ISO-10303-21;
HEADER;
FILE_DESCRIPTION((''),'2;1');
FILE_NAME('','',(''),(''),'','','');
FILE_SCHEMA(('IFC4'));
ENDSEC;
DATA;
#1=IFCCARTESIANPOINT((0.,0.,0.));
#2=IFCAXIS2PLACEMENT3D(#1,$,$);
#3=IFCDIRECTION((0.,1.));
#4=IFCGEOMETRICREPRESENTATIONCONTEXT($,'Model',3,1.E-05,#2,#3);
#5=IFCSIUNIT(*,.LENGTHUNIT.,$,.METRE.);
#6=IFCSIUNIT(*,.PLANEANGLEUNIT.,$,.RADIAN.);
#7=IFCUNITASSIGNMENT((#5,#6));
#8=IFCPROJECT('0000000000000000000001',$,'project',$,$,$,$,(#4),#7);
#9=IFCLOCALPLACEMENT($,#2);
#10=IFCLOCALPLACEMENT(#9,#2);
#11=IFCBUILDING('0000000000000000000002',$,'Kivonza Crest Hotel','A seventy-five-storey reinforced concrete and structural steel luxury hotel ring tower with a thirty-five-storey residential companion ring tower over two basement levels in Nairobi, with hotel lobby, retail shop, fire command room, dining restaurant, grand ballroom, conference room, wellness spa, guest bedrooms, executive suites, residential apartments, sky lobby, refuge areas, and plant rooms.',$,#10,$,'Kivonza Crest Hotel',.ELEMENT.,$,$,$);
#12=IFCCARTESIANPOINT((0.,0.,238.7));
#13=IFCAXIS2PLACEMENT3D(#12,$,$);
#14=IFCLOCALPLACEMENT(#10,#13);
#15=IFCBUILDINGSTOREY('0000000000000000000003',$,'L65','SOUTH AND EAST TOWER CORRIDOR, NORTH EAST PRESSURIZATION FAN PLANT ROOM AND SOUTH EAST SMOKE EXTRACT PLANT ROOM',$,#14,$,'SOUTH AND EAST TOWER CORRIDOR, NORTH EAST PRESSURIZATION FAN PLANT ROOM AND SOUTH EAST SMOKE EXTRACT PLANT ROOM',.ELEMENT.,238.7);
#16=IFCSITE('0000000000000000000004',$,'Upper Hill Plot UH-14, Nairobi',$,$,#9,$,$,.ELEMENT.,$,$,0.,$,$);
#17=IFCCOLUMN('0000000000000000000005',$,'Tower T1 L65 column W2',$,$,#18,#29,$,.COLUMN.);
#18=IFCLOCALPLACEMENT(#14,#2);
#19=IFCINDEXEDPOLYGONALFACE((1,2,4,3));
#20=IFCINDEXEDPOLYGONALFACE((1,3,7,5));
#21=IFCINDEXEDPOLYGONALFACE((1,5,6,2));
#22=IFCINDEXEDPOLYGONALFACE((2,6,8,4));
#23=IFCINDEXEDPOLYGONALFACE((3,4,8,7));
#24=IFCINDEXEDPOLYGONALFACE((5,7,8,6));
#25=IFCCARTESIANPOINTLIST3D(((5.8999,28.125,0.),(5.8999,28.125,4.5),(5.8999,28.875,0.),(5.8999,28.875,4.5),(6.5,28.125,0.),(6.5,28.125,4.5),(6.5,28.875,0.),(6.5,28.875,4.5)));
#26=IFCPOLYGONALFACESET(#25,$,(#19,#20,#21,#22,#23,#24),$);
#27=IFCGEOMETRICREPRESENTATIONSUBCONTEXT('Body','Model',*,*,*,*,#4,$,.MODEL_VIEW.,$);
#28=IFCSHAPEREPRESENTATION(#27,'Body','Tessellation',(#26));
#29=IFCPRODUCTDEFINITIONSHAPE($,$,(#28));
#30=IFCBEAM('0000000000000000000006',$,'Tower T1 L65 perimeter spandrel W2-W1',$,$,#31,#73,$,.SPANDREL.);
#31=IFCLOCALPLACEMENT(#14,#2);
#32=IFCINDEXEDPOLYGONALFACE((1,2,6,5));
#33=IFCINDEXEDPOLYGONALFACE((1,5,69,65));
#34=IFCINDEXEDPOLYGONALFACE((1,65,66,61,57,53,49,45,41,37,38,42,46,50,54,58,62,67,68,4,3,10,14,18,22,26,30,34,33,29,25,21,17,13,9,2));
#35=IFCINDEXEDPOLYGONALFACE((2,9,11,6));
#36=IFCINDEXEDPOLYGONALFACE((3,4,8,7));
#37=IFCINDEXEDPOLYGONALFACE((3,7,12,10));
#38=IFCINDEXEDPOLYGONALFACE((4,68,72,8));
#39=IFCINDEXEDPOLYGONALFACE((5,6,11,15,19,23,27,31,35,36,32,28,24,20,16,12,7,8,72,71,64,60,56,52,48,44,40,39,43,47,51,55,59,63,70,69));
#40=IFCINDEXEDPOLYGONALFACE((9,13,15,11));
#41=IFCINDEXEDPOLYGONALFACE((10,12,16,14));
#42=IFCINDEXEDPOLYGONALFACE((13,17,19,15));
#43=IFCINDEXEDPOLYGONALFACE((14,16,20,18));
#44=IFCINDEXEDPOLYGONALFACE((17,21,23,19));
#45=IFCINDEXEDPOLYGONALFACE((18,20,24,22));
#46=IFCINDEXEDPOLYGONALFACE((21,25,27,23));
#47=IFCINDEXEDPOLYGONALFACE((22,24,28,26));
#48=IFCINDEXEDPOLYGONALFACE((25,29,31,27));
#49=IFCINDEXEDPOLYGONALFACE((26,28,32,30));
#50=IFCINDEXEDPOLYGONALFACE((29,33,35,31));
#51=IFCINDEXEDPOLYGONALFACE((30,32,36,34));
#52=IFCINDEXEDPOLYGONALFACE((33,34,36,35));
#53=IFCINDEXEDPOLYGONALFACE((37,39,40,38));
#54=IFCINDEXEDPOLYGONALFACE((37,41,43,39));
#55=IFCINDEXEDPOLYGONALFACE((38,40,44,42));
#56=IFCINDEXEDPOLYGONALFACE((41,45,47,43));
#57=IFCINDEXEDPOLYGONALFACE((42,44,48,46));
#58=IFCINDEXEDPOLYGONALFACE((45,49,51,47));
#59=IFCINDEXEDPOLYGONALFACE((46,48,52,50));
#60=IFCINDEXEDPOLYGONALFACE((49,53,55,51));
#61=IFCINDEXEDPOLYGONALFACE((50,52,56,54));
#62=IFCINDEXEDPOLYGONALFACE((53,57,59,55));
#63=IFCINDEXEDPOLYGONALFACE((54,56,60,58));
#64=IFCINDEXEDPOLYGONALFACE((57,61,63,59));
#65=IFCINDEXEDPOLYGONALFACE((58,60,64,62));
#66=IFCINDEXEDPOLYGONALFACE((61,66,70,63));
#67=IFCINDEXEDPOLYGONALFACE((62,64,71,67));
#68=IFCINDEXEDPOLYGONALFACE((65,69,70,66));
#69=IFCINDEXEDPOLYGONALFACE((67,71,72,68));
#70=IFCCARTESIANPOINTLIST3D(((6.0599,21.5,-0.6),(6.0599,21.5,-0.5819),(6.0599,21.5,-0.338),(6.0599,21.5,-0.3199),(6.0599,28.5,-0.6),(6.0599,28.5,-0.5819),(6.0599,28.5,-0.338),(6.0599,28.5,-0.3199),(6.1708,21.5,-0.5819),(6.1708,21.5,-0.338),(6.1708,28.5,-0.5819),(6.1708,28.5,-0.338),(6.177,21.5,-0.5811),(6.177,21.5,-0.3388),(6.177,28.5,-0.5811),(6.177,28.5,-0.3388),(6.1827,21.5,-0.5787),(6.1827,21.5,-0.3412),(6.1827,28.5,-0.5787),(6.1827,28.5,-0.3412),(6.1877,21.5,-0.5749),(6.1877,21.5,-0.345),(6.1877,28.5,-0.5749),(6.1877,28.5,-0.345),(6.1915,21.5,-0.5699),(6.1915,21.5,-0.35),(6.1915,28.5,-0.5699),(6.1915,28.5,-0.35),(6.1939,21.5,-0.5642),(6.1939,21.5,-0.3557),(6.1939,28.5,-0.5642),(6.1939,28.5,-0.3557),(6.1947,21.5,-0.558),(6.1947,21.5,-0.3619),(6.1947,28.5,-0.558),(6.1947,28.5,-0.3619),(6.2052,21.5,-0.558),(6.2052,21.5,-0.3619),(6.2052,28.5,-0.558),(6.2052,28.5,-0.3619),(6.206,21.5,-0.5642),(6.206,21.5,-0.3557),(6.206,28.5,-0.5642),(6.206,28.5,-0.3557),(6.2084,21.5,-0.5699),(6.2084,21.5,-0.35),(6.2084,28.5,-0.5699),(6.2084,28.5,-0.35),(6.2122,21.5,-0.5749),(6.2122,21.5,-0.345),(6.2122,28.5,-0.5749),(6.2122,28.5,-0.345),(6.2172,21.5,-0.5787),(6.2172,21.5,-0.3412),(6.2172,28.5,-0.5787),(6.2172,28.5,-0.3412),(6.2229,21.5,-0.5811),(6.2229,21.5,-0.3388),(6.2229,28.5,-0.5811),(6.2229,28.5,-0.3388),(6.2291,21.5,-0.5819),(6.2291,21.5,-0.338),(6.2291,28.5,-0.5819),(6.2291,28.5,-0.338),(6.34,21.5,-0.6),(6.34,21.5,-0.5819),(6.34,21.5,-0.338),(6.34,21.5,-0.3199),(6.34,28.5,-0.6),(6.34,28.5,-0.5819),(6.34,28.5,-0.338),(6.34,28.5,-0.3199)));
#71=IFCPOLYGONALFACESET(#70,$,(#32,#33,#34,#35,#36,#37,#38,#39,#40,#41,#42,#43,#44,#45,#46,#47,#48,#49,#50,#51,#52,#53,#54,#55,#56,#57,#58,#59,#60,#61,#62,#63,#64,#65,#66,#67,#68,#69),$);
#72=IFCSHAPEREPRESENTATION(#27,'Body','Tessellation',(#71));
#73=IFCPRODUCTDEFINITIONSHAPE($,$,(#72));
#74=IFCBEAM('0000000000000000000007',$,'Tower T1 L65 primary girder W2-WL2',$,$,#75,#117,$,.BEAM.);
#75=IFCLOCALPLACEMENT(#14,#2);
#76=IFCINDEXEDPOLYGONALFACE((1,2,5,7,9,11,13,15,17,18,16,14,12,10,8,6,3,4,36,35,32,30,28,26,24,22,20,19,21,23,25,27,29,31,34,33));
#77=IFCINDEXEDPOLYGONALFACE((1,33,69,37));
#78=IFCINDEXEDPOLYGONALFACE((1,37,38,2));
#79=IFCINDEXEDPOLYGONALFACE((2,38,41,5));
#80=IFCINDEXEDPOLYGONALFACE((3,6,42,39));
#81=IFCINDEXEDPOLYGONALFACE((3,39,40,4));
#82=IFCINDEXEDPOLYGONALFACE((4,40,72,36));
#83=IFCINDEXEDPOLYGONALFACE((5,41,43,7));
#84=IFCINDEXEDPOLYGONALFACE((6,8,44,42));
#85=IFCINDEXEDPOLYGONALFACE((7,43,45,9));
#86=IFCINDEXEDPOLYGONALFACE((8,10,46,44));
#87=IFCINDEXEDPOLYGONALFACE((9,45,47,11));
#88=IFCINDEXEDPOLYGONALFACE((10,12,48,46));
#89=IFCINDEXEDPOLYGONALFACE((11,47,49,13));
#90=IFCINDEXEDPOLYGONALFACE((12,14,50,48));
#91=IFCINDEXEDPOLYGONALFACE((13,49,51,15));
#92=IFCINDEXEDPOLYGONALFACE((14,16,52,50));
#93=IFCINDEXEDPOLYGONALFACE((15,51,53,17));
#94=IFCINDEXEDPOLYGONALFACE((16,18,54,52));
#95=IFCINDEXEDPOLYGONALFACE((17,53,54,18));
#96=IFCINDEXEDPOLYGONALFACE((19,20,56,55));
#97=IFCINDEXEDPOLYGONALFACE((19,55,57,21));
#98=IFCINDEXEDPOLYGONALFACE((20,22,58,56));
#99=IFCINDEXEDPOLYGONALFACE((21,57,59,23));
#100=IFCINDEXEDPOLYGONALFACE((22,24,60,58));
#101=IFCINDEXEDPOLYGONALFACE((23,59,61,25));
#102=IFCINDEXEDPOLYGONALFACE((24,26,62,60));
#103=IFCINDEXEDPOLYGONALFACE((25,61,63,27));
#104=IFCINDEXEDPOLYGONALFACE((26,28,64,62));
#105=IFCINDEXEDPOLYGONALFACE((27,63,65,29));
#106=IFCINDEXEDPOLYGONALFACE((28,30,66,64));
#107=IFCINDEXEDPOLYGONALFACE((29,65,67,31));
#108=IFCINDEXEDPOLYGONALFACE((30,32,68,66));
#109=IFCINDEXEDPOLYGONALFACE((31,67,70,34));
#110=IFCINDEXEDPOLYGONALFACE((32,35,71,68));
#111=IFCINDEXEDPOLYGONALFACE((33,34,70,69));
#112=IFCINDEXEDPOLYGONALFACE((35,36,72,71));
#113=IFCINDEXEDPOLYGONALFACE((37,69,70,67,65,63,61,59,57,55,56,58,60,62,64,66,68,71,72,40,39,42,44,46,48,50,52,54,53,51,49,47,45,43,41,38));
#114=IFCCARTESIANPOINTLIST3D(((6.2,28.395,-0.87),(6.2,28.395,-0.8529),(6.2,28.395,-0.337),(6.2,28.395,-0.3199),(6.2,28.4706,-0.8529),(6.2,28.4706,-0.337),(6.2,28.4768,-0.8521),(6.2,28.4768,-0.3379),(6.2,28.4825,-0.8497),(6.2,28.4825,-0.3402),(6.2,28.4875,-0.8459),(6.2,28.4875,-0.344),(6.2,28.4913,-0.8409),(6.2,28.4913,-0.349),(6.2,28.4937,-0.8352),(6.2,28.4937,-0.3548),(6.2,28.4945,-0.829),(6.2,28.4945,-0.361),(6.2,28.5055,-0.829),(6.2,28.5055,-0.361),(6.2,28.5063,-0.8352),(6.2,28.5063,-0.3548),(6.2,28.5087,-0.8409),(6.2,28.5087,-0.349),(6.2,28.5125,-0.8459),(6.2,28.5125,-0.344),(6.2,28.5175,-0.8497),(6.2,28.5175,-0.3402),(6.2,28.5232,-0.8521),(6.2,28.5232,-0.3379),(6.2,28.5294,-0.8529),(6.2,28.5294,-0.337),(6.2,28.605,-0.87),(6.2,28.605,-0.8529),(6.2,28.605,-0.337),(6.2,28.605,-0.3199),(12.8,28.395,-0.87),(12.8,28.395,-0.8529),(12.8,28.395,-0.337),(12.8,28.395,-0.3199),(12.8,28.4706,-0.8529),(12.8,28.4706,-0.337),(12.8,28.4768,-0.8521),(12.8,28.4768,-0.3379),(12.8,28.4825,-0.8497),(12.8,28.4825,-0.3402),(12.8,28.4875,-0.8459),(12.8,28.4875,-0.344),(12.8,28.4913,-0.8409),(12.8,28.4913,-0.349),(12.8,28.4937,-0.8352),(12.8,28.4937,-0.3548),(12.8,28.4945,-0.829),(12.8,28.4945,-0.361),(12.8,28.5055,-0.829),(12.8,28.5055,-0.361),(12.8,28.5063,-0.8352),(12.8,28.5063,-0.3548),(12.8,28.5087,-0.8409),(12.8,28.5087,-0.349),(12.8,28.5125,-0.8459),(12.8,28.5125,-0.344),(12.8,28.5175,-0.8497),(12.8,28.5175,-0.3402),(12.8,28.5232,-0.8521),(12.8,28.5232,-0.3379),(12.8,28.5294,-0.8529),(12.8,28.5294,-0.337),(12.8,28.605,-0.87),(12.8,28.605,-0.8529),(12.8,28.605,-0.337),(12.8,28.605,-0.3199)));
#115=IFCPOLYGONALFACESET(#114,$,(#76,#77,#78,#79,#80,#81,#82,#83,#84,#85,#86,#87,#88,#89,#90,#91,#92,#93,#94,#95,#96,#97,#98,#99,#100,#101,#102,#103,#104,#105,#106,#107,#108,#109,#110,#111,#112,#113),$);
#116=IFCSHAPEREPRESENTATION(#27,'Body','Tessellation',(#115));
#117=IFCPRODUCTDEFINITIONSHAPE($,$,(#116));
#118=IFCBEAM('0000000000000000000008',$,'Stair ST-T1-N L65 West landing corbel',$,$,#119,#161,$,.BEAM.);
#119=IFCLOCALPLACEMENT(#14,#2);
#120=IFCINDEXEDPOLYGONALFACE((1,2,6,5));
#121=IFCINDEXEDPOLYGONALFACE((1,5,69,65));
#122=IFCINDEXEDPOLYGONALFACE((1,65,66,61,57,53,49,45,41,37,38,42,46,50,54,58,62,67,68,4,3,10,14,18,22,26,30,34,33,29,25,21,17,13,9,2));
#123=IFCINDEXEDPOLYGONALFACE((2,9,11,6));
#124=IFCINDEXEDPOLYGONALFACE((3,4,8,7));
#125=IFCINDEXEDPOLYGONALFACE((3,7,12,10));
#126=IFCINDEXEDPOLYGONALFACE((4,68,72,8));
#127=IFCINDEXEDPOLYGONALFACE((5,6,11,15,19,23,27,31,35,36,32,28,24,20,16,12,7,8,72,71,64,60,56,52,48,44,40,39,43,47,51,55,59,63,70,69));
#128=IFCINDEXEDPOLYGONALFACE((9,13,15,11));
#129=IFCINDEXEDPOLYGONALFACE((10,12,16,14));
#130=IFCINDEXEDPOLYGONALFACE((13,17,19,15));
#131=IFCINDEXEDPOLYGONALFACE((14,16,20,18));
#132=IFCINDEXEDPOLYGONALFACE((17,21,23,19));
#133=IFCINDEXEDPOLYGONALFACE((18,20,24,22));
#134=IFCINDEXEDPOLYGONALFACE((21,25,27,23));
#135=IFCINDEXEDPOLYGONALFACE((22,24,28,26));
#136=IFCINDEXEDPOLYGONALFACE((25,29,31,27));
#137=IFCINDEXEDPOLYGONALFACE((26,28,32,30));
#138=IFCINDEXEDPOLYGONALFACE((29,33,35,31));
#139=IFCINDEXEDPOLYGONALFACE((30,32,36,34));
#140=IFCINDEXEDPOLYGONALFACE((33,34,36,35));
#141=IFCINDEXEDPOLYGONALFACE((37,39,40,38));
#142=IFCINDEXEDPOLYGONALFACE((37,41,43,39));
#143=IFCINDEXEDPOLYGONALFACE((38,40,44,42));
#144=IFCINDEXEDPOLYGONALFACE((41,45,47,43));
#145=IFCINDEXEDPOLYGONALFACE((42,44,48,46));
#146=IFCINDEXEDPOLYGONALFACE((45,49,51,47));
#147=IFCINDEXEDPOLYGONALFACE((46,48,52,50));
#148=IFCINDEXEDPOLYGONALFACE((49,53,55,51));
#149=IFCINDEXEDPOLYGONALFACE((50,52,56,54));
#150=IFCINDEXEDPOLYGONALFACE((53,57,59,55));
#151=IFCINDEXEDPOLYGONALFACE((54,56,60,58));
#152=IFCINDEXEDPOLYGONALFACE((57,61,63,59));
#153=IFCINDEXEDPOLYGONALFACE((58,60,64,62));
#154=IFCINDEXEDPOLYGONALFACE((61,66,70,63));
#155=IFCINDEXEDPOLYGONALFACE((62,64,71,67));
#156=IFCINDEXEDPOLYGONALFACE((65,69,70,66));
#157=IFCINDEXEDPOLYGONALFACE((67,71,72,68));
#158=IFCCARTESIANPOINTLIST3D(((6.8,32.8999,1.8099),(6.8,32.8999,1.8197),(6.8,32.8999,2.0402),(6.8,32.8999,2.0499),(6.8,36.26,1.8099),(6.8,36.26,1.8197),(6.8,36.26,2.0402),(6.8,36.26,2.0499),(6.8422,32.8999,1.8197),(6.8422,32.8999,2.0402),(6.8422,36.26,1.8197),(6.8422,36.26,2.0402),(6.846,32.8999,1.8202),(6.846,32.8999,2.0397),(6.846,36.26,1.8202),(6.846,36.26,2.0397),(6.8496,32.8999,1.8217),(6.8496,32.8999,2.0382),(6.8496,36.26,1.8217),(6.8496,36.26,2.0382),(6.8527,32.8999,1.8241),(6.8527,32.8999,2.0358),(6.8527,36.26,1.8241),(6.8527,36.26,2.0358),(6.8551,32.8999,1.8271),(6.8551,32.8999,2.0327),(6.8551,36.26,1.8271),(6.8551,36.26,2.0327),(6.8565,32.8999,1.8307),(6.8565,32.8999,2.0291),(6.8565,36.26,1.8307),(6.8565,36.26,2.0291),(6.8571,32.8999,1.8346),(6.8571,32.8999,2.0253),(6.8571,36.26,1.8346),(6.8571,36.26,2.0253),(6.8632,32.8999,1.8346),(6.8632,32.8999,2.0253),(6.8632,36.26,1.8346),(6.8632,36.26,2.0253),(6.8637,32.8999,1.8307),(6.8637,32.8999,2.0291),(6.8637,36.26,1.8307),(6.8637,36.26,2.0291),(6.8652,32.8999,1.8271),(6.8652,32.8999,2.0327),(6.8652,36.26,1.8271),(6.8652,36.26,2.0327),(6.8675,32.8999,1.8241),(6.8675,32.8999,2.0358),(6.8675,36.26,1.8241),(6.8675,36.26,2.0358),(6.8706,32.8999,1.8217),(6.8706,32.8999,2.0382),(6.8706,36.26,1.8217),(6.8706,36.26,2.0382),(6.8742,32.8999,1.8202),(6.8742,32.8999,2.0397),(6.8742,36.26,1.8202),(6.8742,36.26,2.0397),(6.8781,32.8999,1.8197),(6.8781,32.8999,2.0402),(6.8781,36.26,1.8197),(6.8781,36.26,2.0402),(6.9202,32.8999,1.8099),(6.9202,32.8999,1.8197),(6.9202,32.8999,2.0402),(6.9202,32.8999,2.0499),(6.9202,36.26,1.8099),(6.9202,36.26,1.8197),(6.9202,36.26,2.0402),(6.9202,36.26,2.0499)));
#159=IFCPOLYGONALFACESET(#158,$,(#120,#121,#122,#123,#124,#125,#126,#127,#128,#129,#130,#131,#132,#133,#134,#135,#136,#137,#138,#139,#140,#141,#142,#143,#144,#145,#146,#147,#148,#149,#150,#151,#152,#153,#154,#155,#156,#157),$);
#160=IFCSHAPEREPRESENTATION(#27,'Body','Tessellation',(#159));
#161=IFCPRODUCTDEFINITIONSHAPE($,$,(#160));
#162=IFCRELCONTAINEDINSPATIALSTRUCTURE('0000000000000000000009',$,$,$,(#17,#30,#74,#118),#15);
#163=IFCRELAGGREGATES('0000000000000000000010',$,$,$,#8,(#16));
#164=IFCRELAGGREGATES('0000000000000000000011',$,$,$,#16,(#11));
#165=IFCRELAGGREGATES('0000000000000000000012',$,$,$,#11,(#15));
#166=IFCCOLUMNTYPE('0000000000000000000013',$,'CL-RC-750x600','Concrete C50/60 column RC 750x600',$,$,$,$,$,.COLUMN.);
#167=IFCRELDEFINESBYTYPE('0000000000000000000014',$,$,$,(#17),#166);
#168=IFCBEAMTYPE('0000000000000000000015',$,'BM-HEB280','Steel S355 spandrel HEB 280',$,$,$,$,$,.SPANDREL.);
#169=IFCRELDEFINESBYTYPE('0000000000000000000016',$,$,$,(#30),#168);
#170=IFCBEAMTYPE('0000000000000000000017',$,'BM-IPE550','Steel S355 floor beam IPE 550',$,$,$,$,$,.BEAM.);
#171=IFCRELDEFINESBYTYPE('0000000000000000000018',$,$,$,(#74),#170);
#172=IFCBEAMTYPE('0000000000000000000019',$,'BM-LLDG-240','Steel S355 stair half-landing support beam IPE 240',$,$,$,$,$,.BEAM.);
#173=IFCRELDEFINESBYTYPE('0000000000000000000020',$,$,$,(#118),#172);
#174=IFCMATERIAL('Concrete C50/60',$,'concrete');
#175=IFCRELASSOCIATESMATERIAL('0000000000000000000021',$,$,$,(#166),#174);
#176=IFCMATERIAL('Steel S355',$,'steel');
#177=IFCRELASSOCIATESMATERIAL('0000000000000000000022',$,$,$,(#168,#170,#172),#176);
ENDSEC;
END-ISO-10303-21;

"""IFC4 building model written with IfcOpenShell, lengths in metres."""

from ifc_helpers import new_model, si_unit, direction, frame, origin, origin_2d, place, context, subcontext, project, spatial, rectangle, i_section, extrude, material, material_profile, profile_set, type_object, element, save


model = new_model("IFC4")

# Units and contexts
model_context = context("Model", 3, precision=1e-05, world=origin(), true_north=direction((0.0, 1.0)))
body_context = subcontext(model_context, "Body", "Model", "MODEL_VIEW")
ifc_project = project(units=[si_unit("LENGTHUNIT", "METRE"), si_unit("PLANEANGLEUNIT", "RADIAN")], contexts=[model_context])

# Site, building, storey
site_placement = place(None, origin())
site = spatial("IfcSite", under=ifc_project, at=site_placement, Name="Upper Hill Plot UH-14, Nairobi", CompositionType="ELEMENT", RefElevation=0.0)
building_placement = place(site_placement, origin())
building = spatial("IfcBuilding", under=site, at=building_placement, Name="Kivonza Crest Hotel", Description="A seventy-five-storey reinforced concrete and structural steel luxury hotel ring tower with a thirty-five-storey residential companion ring tower over two basement levels in Nairobi, with hotel lobby, retail shop, fire command room, dining restaurant, grand ballroom, conference room, wellness spa, guest bedrooms, executive suites, residential apartments, sky lobby, refuge areas, and plant rooms.", LongName="Kivonza Crest Hotel", CompositionType="ELEMENT")
storey_placement = place(building_placement, frame((0.0, 0.0, 238.7)))
storey = spatial("IfcBuildingStorey", under=building, at=storey_placement, Name="L65", Description="SOUTH AND EAST TOWER CORRIDOR, NORTH EAST PRESSURIZATION FAN PLANT ROOM AND SOUTH EAST SMOKE EXTRACT PLANT ROOM", LongName="SOUTH AND EAST TOWER CORRIDOR, NORTH EAST PRESSURIZATION FAN PLANT ROOM AND SOUTH EAST SMOKE EXTRACT PLANT ROOM", CompositionType="ELEMENT", Elevation=238.7)

# Column
ifc_material_1 = material(Name="Concrete C50/60", Category="concrete")
ifc_material_profile_1 = material_profile(ifc_material_1, rectangle(XDim=0.6001, YDim=0.75, at=origin_2d()), Name="RC 750x600")
ifc_profile_set_1 = profile_set([ifc_material_profile_1], Name="Concrete C50/60")
column_type = type_object("IfcColumnType", Name="CL-RC-750x600", Description="Concrete C50/60 column RC 750x600", PredefinedType="COLUMN", material=ifc_profile_set_1)
column_placement = place(storey_placement, frame((6.2, 28.5, 0.0), z_axis=(0.0, 0.0, 1.0), x_axis=(1.0, 0.0, 0.0)))
element("IfcColumn", 1, at=column_placement, inside=storey, type_object=column_type, Name="Tower T1 L65 column W2", PredefinedType="COLUMN", context=body_context, shape_type="SweptSolid", body=[
    extrude(rectangle(XDim=0.6001, YDim=0.75, at=origin_2d()), origin(), (0.0, 0.0, 1.0), 4.5),
])

# Beams
ifc_material_2 = material(Name="Steel S355", Category="steel")
ifc_material_profile_2 = material_profile(ifc_material_2, i_section(OverallWidth=0.28, OverallDepth=0.28, WebThickness=0.0105, FlangeThickness=0.0181, FilletRadius=0.0239, at=origin_2d()), Name="HEB 280")
ifc_profile_set_2 = profile_set([ifc_material_profile_2], Name="Steel S355")
beam_type_1 = type_object("IfcBeamType", Name="BM-HEB280", Description="Steel S355 spandrel HEB 280", PredefinedType="SPANDREL", material=ifc_profile_set_2)
beam_1_placement = place(storey_placement, frame((6.2, 28.5, -0.46), z_axis=(0.0, -1.0, 0.0), x_axis=(1.0, 0.0, 0.0)))
element("IfcBeam", 2, at=beam_1_placement, inside=storey, type_object=beam_type_1, Name="Tower T1 L65 perimeter spandrel W2-W1", PredefinedType="SPANDREL", context=body_context, shape_type="SweptSolid", body=[
    extrude(i_section(OverallWidth=0.28, OverallDepth=0.28, WebThickness=0.0105, FlangeThickness=0.0181, FilletRadius=0.0239, at=origin_2d()), origin(), (0.0, 0.0, 1.0), 7.0),
])
ifc_material_profile_3 = material_profile(ifc_material_2, i_section(OverallWidth=0.21, OverallDepth=0.55, WebThickness=0.011, FlangeThickness=0.0171, FilletRadius=0.0239, at=origin_2d()), Name="IPE 550")
ifc_profile_set_3 = profile_set([ifc_material_profile_3], Name="Steel S355")
beam_type_2 = type_object("IfcBeamType", Name="BM-IPE550", Description="Steel S355 floor beam IPE 550", PredefinedType="BEAM", material=ifc_profile_set_3)
beam_2_placement = place(storey_placement, frame((6.2, 28.5, -0.595), z_axis=(1.0, 0.0, 0.0), x_axis=(0.0, 1.0, 0.0)))
element("IfcBeam", 3, at=beam_2_placement, inside=storey, type_object=beam_type_2, Name="Tower T1 L65 primary girder W2-WL2", PredefinedType="BEAM", context=body_context, shape_type="SweptSolid", body=[
    extrude(i_section(OverallWidth=0.21, OverallDepth=0.55, WebThickness=0.011, FlangeThickness=0.0171, FilletRadius=0.0239, at=origin_2d()), origin(), (0.0, 0.0, 1.0), 6.6001),
])
ifc_material_profile_4 = material_profile(ifc_material_2, i_section(OverallWidth=0.1201, OverallDepth=0.24, WebThickness=0.0061, FlangeThickness=0.0098, FilletRadius=0.0149, at=origin_2d()), Name="IPE 240")
ifc_profile_set_4 = profile_set([ifc_material_profile_4], Name="Steel S355")
beam_type_3 = type_object("IfcBeamType", Name="BM-LLDG-240", Description="Steel S355 stair half-landing support beam IPE 240", PredefinedType="BEAM", material=ifc_profile_set_4)
beam_3_placement = place(storey_placement, frame((6.8601, 32.8999, 1.9299), z_axis=(0.0, 1.0, 0.0), x_axis=(-1.0, 0.0, 0.0)))
element("IfcBeam", 4, at=beam_3_placement, inside=storey, type_object=beam_type_3, Name="Stair ST-T1-N L65 West landing corbel", PredefinedType="BEAM", context=body_context, shape_type="SweptSolid", body=[
    extrude(i_section(OverallWidth=0.1201, OverallDepth=0.24, WebThickness=0.0061, FlangeThickness=0.0098, FilletRadius=0.0149, at=origin_2d()), origin(), (0.0, 0.0, 1.0), 3.3601),
])

save(model, "model.ifc")
